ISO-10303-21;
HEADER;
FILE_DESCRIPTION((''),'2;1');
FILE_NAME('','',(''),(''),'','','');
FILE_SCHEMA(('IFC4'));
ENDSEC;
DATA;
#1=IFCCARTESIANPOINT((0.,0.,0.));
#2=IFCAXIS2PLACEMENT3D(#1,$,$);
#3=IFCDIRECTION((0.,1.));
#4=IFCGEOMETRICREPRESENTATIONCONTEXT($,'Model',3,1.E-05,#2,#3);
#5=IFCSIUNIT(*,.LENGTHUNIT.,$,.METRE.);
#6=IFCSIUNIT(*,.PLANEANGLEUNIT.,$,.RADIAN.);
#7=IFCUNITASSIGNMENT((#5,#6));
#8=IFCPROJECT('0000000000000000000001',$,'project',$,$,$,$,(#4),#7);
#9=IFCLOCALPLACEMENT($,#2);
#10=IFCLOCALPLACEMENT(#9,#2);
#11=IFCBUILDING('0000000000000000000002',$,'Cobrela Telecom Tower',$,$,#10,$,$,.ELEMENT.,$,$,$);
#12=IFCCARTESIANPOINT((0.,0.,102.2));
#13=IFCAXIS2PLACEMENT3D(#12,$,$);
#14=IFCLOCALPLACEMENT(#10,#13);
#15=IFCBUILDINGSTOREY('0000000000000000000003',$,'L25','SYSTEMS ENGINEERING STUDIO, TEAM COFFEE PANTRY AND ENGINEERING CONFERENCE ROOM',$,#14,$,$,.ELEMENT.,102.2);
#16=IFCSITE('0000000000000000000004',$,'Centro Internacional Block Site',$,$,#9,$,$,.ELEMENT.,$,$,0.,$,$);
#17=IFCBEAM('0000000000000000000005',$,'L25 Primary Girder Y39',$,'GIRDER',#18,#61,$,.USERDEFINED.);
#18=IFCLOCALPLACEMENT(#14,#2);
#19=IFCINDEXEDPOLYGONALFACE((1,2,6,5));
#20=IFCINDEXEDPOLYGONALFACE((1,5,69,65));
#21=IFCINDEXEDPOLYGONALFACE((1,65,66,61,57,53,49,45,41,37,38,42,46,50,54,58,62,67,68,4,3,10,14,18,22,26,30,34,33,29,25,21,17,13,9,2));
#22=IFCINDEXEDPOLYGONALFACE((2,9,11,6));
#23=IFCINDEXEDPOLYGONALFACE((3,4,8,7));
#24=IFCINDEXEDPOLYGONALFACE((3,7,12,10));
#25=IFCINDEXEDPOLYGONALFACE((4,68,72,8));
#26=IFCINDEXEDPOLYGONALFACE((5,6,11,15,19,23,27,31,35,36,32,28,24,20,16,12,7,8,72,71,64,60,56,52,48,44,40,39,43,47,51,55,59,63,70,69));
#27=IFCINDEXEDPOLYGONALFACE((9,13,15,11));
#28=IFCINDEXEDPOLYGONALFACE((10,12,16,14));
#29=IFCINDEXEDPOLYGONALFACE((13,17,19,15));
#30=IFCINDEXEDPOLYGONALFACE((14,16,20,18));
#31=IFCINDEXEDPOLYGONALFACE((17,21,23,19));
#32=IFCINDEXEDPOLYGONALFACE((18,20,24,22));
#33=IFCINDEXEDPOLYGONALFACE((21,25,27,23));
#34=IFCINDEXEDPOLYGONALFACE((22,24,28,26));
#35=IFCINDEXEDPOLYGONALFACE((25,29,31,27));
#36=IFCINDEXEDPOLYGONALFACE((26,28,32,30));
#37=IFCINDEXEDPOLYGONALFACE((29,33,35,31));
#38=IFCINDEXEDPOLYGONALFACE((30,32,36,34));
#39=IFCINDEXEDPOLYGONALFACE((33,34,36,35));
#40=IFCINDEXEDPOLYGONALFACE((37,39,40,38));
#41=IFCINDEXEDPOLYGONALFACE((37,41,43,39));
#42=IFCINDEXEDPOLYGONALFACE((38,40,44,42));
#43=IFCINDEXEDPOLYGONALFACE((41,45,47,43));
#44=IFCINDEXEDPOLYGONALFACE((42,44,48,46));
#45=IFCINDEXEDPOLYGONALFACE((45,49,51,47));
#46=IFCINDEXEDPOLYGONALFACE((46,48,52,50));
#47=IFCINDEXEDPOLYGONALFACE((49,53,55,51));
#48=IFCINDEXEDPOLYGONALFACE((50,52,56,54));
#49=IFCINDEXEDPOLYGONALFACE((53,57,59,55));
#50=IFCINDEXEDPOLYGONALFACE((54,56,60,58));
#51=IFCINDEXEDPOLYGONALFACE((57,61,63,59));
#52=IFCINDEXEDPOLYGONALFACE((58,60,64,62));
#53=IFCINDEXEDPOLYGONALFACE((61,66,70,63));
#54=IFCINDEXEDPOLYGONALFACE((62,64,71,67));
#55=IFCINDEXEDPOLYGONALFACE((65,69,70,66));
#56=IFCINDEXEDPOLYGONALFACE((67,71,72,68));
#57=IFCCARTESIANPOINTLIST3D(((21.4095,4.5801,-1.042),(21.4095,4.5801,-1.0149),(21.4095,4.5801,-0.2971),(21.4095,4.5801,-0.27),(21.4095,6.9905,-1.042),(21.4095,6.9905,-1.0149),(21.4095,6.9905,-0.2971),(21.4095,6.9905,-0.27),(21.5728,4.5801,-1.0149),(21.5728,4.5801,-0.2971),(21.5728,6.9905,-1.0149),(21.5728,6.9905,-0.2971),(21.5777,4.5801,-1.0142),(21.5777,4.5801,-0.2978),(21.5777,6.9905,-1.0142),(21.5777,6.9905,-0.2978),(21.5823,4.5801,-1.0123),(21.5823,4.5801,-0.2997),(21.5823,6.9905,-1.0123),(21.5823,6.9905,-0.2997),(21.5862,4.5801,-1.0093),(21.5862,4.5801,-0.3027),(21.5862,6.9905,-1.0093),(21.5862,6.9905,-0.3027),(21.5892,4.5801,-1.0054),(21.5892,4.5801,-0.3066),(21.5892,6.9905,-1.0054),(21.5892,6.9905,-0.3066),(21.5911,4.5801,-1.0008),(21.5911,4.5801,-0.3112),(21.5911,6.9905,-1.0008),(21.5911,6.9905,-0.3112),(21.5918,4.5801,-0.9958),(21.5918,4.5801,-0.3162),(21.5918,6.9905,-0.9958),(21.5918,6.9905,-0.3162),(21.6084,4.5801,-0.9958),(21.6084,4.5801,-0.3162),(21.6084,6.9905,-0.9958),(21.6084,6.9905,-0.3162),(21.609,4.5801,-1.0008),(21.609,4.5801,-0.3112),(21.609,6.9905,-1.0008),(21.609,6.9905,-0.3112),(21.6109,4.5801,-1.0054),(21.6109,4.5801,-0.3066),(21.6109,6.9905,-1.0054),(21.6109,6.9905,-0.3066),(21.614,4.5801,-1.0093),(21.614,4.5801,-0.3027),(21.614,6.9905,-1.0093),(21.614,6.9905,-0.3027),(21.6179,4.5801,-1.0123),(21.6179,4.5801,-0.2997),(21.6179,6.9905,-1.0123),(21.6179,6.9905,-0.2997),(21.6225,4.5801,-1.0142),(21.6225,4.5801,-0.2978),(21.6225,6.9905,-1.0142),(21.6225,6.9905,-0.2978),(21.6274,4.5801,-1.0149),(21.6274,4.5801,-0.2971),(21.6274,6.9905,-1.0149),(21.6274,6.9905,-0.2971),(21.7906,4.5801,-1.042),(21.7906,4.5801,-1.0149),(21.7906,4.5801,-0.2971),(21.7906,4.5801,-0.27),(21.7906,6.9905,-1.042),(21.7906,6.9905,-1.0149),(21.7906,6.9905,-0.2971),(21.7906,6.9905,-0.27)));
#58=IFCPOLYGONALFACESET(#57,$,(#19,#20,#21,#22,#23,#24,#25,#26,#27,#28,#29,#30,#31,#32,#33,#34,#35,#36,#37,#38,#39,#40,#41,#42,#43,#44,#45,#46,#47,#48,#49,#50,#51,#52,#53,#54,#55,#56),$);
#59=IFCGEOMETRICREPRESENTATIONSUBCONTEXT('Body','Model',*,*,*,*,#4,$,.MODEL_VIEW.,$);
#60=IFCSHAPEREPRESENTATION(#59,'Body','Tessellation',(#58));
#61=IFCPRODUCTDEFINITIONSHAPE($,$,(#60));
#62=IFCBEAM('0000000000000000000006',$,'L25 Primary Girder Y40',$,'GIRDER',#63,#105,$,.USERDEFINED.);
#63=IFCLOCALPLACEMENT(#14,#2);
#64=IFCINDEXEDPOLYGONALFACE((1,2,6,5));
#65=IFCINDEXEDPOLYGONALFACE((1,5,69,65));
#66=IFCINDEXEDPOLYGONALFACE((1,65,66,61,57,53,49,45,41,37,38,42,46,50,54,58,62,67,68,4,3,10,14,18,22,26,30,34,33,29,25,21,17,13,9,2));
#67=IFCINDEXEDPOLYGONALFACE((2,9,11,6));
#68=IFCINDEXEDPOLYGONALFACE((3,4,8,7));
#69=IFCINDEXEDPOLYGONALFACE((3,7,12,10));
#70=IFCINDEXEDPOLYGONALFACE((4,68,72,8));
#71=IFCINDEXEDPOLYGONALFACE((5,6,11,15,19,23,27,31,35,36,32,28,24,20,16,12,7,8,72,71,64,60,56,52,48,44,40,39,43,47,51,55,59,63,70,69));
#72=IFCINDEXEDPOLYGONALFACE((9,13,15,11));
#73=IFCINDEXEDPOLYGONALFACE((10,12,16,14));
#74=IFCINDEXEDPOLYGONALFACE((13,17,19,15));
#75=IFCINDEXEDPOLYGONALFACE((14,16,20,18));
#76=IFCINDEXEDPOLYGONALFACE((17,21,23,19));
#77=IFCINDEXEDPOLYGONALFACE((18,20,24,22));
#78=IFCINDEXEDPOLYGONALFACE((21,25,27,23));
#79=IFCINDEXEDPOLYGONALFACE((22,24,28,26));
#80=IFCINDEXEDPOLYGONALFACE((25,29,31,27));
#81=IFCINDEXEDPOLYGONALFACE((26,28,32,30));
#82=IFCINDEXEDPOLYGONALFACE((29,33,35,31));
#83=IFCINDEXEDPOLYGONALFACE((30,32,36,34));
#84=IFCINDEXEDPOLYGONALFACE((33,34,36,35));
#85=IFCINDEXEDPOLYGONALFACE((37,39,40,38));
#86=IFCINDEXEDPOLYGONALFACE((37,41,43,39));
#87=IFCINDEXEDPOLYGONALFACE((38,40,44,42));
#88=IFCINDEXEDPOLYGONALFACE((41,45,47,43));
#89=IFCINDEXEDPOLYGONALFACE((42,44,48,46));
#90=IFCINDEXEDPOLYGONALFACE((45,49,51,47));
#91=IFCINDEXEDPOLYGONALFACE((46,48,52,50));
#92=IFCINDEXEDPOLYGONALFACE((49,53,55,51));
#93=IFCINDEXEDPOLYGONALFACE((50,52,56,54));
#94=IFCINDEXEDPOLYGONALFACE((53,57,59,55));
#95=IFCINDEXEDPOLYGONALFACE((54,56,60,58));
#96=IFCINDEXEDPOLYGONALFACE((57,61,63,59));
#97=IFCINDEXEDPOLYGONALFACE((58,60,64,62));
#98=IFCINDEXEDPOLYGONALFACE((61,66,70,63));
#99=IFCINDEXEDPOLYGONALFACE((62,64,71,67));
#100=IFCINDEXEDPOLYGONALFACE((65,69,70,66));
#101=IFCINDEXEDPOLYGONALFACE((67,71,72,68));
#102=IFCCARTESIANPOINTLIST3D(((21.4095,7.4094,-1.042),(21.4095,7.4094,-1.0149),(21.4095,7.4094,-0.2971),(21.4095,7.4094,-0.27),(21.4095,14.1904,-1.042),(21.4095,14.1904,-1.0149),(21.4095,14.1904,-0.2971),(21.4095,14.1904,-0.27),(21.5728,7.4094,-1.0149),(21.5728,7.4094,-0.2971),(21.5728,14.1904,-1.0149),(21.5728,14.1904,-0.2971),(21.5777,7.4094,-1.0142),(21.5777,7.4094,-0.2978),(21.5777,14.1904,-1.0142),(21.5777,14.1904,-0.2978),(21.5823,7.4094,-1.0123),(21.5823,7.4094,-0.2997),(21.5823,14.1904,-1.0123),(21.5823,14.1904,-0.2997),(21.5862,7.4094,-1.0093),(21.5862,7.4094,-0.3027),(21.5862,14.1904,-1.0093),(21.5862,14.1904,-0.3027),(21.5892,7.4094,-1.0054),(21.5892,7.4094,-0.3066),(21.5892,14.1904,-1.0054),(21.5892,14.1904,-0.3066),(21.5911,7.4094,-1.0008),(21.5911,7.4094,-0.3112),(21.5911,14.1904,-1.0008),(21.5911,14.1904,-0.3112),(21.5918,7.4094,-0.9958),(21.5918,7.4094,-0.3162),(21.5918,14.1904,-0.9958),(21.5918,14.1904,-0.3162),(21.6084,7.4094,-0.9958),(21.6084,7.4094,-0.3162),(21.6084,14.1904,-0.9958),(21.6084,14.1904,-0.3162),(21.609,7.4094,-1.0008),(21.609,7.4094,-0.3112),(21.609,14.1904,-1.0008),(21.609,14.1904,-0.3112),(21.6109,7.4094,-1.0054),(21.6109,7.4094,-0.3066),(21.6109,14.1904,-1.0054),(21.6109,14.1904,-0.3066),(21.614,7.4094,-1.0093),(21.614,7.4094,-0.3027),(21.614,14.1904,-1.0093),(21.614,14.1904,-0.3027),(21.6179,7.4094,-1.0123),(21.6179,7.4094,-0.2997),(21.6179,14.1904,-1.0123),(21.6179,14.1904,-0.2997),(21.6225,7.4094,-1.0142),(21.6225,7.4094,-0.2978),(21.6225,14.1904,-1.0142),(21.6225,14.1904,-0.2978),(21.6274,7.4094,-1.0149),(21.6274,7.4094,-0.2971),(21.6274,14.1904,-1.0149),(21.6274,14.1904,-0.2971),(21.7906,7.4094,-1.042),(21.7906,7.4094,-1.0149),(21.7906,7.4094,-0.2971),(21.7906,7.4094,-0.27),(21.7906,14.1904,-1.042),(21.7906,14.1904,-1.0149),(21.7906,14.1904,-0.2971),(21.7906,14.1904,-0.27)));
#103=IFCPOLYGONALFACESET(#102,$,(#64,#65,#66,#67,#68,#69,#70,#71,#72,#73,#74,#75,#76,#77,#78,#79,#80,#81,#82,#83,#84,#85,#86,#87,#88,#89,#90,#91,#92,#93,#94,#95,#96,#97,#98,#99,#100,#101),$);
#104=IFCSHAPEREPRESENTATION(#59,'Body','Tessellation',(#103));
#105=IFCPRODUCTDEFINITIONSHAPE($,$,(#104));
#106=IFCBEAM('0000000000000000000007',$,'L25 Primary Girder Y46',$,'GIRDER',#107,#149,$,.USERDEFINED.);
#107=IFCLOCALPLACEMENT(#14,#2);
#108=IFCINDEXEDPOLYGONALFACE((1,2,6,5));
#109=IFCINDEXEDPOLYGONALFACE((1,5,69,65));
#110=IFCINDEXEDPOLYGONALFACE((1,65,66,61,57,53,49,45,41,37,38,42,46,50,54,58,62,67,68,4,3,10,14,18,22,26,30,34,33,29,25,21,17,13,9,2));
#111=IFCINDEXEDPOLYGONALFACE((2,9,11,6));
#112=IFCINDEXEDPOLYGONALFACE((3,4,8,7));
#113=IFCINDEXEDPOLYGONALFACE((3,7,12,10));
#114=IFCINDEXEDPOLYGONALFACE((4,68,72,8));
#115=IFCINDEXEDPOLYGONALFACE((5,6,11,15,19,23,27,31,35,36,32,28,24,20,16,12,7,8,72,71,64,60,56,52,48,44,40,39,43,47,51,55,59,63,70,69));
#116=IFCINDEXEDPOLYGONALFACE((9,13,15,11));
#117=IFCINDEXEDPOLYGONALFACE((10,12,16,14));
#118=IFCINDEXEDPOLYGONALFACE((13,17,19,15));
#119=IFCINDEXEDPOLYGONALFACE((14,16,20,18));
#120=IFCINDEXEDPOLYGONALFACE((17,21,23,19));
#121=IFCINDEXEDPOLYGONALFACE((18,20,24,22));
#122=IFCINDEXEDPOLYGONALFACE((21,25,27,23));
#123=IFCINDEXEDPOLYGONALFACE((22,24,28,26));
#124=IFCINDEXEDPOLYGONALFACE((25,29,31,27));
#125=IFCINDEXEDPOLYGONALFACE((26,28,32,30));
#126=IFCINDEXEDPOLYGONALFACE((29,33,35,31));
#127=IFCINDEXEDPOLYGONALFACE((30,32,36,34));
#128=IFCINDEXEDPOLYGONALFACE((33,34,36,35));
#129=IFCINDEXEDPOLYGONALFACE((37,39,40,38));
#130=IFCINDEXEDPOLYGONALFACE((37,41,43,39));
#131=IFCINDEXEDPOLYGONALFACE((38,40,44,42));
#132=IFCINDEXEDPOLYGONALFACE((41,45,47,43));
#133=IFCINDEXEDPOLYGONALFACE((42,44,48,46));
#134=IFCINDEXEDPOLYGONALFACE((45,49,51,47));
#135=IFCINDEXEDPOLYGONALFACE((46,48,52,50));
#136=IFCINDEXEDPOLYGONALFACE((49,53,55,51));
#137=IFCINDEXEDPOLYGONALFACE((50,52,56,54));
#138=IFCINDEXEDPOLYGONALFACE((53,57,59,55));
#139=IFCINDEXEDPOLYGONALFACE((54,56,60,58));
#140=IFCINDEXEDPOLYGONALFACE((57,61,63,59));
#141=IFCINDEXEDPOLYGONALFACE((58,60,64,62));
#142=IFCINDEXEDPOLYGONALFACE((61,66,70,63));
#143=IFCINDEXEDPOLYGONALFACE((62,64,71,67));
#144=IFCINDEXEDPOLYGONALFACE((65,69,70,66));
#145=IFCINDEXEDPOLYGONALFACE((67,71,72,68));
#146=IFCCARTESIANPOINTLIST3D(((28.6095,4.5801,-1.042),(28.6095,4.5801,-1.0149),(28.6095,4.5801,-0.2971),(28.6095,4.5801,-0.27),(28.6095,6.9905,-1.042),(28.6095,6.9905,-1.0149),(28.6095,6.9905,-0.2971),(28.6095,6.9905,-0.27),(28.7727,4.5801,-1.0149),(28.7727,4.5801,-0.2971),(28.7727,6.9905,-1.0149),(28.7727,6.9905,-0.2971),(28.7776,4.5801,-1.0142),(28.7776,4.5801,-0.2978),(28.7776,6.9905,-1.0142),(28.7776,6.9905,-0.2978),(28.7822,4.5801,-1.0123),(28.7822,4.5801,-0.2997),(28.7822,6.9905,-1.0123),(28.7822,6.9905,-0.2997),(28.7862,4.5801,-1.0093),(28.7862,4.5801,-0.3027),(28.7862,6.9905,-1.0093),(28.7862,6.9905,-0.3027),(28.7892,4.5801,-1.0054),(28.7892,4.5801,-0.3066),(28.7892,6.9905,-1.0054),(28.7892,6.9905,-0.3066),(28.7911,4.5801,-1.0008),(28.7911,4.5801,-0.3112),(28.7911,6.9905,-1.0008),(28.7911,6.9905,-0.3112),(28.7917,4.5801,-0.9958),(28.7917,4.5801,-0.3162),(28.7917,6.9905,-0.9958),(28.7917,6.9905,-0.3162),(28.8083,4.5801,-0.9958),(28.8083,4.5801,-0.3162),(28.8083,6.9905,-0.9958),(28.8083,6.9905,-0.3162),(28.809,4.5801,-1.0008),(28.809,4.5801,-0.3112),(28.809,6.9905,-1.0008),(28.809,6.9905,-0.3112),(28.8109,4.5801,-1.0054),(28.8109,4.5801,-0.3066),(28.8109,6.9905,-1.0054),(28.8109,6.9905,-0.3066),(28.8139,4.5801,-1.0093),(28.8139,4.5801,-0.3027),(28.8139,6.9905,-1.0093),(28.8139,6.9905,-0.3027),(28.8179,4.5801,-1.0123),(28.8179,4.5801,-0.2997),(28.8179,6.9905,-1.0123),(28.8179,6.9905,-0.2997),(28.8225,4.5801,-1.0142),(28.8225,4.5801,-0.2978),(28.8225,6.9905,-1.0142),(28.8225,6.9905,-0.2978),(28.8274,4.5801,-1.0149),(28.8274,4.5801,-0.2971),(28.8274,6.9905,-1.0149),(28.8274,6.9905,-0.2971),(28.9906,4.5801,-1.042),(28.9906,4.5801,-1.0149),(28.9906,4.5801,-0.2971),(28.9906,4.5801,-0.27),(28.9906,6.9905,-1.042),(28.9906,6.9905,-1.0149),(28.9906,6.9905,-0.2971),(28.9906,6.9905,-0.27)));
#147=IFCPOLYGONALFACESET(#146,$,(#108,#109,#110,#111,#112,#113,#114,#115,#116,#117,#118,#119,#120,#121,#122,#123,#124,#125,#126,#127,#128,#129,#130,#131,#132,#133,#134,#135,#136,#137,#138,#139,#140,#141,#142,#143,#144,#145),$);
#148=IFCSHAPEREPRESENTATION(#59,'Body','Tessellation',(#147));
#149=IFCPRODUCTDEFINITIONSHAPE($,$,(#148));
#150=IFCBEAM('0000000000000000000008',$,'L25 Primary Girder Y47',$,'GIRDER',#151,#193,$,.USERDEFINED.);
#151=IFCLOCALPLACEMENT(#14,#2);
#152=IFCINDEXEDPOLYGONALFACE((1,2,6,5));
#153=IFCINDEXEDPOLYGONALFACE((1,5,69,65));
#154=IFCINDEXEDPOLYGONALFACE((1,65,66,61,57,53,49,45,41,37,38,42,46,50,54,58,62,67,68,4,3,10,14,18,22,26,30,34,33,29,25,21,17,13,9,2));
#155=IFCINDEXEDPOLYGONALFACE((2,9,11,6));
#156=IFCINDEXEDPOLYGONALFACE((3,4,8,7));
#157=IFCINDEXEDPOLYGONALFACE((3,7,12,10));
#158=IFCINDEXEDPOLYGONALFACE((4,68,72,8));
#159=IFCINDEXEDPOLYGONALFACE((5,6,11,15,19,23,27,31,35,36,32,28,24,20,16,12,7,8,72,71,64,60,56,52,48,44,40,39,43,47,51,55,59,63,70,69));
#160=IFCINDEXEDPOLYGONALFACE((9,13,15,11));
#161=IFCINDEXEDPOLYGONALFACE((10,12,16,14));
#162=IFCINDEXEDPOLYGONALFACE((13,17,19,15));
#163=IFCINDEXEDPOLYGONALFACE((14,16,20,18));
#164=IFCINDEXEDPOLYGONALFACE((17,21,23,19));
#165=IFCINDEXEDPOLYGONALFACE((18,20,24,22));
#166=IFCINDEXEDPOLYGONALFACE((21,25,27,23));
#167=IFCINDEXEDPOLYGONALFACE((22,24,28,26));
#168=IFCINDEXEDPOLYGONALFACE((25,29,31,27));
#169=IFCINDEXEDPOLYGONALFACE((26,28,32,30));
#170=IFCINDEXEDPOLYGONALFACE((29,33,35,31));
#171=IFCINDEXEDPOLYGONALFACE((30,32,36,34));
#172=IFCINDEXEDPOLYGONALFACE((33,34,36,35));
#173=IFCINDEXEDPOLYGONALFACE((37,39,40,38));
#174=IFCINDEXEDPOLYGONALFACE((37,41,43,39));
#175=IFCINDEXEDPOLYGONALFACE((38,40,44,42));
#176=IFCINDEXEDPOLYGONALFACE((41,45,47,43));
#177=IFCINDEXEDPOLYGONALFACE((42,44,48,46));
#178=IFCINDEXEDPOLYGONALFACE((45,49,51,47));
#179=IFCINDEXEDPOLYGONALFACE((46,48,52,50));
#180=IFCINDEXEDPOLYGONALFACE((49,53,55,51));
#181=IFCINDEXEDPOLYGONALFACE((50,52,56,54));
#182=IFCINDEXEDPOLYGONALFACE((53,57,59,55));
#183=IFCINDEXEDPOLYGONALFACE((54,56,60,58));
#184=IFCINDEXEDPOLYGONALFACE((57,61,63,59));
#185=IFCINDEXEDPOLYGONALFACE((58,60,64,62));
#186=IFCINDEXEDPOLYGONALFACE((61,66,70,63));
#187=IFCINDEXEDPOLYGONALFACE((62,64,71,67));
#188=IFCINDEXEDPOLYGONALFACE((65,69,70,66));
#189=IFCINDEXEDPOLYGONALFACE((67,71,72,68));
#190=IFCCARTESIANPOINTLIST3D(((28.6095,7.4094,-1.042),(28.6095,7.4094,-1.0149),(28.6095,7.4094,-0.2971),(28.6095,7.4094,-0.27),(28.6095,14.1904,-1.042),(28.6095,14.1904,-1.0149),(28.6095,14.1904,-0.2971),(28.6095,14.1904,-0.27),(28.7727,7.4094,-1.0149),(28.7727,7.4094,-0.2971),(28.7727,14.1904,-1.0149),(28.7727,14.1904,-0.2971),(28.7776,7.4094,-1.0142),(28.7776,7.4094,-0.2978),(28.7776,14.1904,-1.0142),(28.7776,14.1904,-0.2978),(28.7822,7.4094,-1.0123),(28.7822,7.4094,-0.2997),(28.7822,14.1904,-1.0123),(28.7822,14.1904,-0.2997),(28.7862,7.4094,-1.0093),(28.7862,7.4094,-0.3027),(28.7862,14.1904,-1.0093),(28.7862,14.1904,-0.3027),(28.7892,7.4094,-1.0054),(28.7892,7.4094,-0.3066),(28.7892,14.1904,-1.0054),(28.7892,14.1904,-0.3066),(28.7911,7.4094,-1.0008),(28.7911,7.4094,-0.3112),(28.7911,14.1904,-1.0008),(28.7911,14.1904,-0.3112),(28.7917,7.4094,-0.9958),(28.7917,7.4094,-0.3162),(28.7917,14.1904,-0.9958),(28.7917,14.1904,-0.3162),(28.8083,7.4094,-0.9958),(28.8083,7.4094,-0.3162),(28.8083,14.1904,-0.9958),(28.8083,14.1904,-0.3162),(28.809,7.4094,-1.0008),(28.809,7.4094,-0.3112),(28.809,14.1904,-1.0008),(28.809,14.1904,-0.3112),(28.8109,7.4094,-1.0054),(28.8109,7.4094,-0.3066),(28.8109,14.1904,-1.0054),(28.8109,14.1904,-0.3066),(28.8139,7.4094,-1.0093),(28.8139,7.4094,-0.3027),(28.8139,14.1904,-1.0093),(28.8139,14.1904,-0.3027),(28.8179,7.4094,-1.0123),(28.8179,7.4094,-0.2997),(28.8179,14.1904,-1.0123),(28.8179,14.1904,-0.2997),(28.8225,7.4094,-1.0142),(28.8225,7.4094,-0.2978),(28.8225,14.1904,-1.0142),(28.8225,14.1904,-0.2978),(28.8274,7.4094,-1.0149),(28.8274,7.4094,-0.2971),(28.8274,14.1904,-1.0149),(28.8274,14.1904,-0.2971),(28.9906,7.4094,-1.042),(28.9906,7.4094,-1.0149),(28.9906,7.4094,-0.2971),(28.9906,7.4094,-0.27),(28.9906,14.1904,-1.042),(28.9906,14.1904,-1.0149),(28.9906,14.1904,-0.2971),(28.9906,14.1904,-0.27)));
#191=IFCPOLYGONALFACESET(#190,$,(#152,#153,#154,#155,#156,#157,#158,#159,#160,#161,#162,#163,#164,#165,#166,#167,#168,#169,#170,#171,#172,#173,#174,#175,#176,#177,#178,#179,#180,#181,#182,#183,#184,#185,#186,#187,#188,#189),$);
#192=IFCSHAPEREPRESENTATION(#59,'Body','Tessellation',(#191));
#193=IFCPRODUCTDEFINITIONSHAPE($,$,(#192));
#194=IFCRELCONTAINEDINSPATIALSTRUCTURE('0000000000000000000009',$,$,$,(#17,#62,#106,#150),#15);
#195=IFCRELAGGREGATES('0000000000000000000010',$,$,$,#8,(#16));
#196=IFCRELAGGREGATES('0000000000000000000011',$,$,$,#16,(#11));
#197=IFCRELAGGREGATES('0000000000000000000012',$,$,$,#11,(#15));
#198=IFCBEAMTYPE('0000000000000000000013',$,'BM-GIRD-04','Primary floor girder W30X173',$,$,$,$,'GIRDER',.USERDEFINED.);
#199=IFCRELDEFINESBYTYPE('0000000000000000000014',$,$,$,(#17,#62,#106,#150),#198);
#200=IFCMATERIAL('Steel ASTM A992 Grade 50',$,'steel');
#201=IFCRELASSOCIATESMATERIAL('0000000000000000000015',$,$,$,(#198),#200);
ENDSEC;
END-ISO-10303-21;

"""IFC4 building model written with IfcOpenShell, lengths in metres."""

from ifc_helpers import new_model, si_unit, direction, frame, origin, origin_2d, place, context, subcontext, project, spatial, i_section, extrude, material, material_profile, profile_set, type_object, element, save


model = new_model("IFC4")

# Units and contexts
model_context = context("Model", 3, precision=1e-05, world=origin(), true_north=direction((0.0, 1.0)))
body_context = subcontext(model_context, "Body", "Model", "MODEL_VIEW")
ifc_project = project(units=[si_unit("LENGTHUNIT", "METRE"), si_unit("PLANEANGLEUNIT", "RADIAN")], contexts=[model_context])

# Site, building, storey
site_placement = place(None, origin())
site = spatial("IfcSite", under=ifc_project, at=site_placement, Name="Centro Internacional Block Site", CompositionType="ELEMENT", RefElevation=0.0)
building_placement = place(site_placement, origin())
building = spatial("IfcBuilding", under=site, at=building_placement, Name="Cobrela Telecom Tower", CompositionType="ELEMENT")
storey_placement = place(building_placement, frame((0.0, 0.0, 102.2)))
storey = spatial("IfcBuildingStorey", under=building, at=storey_placement, Name="L25", Description="SYSTEMS ENGINEERING STUDIO, TEAM COFFEE PANTRY AND ENGINEERING CONFERENCE ROOM", CompositionType="ELEMENT", Elevation=102.2)

# Shared definitions
ifc_material_1 = material(Name="Steel ASTM A992 Grade 50", Category="steel")

# Beams
ifc_material_profile_1 = material_profile(ifc_material_1, i_section(OverallWidth=0.3811, OverallDepth=0.772, WebThickness=0.0166, FlangeThickness=0.0271, FilletRadius=0.019, at=origin_2d()), Name="W30X173")
ifc_profile_set_1 = profile_set([ifc_material_profile_1], Name="Steel ASTM A992 Grade 50")
beam_type_1 = type_object("IfcBeamType", Name="BM-GIRD-04", Description="Primary floor girder W30X173", ElementType="GIRDER", PredefinedType="USERDEFINED", material=ifc_profile_set_1)
beam_1_placement = place(storey_placement, frame((21.6001, 4.5801, -0.656), z_axis=(0.0, 1.0, 0.0), x_axis=(-1.0, 0.0, 0.0)))
element("IfcBeam", 1, at=beam_1_placement, inside=storey, type_object=beam_type_1, Name="L25 Primary Girder Y39", ObjectType="GIRDER", PredefinedType="USERDEFINED", context=body_context, shape_type="SweptSolid", body=[
    extrude(i_section(OverallWidth=0.3811, OverallDepth=0.772, WebThickness=0.0166, FlangeThickness=0.0271, FilletRadius=0.019, at=origin_2d()), origin(), (0.0, 0.0, 1.0), 2.4104),
])
beam_2_placement = place(storey_placement, frame((21.6001, 7.4094, -0.656), z_axis=(0.0, 1.0, 0.0), x_axis=(-1.0, 0.0, 0.0)))
element("IfcBeam", 2, at=beam_2_placement, inside=storey, type_object=beam_type_1, Name="L25 Primary Girder Y40", ObjectType="GIRDER", PredefinedType="USERDEFINED", context=body_context, shape_type="SweptSolid", body=[
    extrude(i_section(OverallWidth=0.3811, OverallDepth=0.772, WebThickness=0.0166, FlangeThickness=0.0271, FilletRadius=0.019, at=origin_2d()), origin(), (0.0, 0.0, 1.0), 6.781),
])
beam_3_placement = place(storey_placement, frame((28.8, 4.5801, -0.656), z_axis=(0.0, 1.0, 0.0), x_axis=(-1.0, 0.0, 0.0)))
element("IfcBeam", 3, at=beam_3_placement, inside=storey, type_object=beam_type_1, Name="L25 Primary Girder Y46", ObjectType="GIRDER", PredefinedType="USERDEFINED", context=body_context, shape_type="SweptSolid", body=[
    extrude(i_section(OverallWidth=0.3811, OverallDepth=0.772, WebThickness=0.0166, FlangeThickness=0.0271, FilletRadius=0.019, at=origin_2d()), origin(), (0.0, 0.0, 1.0), 2.4104),
])
beam_4_placement = place(storey_placement, frame((28.8, 7.4094, -0.656), z_axis=(0.0, 1.0, 0.0), x_axis=(-1.0, 0.0, 0.0)))
element("IfcBeam", 4, at=beam_4_placement, inside=storey, type_object=beam_type_1, Name="L25 Primary Girder Y47", ObjectType="GIRDER", PredefinedType="USERDEFINED", context=body_context, shape_type="SweptSolid", body=[
    extrude(i_section(OverallWidth=0.3811, OverallDepth=0.772, WebThickness=0.0166, FlangeThickness=0.0271, FilletRadius=0.019, at=origin_2d()), origin(), (0.0, 0.0, 1.0), 6.781),
])

save(model, "model.ifc")
